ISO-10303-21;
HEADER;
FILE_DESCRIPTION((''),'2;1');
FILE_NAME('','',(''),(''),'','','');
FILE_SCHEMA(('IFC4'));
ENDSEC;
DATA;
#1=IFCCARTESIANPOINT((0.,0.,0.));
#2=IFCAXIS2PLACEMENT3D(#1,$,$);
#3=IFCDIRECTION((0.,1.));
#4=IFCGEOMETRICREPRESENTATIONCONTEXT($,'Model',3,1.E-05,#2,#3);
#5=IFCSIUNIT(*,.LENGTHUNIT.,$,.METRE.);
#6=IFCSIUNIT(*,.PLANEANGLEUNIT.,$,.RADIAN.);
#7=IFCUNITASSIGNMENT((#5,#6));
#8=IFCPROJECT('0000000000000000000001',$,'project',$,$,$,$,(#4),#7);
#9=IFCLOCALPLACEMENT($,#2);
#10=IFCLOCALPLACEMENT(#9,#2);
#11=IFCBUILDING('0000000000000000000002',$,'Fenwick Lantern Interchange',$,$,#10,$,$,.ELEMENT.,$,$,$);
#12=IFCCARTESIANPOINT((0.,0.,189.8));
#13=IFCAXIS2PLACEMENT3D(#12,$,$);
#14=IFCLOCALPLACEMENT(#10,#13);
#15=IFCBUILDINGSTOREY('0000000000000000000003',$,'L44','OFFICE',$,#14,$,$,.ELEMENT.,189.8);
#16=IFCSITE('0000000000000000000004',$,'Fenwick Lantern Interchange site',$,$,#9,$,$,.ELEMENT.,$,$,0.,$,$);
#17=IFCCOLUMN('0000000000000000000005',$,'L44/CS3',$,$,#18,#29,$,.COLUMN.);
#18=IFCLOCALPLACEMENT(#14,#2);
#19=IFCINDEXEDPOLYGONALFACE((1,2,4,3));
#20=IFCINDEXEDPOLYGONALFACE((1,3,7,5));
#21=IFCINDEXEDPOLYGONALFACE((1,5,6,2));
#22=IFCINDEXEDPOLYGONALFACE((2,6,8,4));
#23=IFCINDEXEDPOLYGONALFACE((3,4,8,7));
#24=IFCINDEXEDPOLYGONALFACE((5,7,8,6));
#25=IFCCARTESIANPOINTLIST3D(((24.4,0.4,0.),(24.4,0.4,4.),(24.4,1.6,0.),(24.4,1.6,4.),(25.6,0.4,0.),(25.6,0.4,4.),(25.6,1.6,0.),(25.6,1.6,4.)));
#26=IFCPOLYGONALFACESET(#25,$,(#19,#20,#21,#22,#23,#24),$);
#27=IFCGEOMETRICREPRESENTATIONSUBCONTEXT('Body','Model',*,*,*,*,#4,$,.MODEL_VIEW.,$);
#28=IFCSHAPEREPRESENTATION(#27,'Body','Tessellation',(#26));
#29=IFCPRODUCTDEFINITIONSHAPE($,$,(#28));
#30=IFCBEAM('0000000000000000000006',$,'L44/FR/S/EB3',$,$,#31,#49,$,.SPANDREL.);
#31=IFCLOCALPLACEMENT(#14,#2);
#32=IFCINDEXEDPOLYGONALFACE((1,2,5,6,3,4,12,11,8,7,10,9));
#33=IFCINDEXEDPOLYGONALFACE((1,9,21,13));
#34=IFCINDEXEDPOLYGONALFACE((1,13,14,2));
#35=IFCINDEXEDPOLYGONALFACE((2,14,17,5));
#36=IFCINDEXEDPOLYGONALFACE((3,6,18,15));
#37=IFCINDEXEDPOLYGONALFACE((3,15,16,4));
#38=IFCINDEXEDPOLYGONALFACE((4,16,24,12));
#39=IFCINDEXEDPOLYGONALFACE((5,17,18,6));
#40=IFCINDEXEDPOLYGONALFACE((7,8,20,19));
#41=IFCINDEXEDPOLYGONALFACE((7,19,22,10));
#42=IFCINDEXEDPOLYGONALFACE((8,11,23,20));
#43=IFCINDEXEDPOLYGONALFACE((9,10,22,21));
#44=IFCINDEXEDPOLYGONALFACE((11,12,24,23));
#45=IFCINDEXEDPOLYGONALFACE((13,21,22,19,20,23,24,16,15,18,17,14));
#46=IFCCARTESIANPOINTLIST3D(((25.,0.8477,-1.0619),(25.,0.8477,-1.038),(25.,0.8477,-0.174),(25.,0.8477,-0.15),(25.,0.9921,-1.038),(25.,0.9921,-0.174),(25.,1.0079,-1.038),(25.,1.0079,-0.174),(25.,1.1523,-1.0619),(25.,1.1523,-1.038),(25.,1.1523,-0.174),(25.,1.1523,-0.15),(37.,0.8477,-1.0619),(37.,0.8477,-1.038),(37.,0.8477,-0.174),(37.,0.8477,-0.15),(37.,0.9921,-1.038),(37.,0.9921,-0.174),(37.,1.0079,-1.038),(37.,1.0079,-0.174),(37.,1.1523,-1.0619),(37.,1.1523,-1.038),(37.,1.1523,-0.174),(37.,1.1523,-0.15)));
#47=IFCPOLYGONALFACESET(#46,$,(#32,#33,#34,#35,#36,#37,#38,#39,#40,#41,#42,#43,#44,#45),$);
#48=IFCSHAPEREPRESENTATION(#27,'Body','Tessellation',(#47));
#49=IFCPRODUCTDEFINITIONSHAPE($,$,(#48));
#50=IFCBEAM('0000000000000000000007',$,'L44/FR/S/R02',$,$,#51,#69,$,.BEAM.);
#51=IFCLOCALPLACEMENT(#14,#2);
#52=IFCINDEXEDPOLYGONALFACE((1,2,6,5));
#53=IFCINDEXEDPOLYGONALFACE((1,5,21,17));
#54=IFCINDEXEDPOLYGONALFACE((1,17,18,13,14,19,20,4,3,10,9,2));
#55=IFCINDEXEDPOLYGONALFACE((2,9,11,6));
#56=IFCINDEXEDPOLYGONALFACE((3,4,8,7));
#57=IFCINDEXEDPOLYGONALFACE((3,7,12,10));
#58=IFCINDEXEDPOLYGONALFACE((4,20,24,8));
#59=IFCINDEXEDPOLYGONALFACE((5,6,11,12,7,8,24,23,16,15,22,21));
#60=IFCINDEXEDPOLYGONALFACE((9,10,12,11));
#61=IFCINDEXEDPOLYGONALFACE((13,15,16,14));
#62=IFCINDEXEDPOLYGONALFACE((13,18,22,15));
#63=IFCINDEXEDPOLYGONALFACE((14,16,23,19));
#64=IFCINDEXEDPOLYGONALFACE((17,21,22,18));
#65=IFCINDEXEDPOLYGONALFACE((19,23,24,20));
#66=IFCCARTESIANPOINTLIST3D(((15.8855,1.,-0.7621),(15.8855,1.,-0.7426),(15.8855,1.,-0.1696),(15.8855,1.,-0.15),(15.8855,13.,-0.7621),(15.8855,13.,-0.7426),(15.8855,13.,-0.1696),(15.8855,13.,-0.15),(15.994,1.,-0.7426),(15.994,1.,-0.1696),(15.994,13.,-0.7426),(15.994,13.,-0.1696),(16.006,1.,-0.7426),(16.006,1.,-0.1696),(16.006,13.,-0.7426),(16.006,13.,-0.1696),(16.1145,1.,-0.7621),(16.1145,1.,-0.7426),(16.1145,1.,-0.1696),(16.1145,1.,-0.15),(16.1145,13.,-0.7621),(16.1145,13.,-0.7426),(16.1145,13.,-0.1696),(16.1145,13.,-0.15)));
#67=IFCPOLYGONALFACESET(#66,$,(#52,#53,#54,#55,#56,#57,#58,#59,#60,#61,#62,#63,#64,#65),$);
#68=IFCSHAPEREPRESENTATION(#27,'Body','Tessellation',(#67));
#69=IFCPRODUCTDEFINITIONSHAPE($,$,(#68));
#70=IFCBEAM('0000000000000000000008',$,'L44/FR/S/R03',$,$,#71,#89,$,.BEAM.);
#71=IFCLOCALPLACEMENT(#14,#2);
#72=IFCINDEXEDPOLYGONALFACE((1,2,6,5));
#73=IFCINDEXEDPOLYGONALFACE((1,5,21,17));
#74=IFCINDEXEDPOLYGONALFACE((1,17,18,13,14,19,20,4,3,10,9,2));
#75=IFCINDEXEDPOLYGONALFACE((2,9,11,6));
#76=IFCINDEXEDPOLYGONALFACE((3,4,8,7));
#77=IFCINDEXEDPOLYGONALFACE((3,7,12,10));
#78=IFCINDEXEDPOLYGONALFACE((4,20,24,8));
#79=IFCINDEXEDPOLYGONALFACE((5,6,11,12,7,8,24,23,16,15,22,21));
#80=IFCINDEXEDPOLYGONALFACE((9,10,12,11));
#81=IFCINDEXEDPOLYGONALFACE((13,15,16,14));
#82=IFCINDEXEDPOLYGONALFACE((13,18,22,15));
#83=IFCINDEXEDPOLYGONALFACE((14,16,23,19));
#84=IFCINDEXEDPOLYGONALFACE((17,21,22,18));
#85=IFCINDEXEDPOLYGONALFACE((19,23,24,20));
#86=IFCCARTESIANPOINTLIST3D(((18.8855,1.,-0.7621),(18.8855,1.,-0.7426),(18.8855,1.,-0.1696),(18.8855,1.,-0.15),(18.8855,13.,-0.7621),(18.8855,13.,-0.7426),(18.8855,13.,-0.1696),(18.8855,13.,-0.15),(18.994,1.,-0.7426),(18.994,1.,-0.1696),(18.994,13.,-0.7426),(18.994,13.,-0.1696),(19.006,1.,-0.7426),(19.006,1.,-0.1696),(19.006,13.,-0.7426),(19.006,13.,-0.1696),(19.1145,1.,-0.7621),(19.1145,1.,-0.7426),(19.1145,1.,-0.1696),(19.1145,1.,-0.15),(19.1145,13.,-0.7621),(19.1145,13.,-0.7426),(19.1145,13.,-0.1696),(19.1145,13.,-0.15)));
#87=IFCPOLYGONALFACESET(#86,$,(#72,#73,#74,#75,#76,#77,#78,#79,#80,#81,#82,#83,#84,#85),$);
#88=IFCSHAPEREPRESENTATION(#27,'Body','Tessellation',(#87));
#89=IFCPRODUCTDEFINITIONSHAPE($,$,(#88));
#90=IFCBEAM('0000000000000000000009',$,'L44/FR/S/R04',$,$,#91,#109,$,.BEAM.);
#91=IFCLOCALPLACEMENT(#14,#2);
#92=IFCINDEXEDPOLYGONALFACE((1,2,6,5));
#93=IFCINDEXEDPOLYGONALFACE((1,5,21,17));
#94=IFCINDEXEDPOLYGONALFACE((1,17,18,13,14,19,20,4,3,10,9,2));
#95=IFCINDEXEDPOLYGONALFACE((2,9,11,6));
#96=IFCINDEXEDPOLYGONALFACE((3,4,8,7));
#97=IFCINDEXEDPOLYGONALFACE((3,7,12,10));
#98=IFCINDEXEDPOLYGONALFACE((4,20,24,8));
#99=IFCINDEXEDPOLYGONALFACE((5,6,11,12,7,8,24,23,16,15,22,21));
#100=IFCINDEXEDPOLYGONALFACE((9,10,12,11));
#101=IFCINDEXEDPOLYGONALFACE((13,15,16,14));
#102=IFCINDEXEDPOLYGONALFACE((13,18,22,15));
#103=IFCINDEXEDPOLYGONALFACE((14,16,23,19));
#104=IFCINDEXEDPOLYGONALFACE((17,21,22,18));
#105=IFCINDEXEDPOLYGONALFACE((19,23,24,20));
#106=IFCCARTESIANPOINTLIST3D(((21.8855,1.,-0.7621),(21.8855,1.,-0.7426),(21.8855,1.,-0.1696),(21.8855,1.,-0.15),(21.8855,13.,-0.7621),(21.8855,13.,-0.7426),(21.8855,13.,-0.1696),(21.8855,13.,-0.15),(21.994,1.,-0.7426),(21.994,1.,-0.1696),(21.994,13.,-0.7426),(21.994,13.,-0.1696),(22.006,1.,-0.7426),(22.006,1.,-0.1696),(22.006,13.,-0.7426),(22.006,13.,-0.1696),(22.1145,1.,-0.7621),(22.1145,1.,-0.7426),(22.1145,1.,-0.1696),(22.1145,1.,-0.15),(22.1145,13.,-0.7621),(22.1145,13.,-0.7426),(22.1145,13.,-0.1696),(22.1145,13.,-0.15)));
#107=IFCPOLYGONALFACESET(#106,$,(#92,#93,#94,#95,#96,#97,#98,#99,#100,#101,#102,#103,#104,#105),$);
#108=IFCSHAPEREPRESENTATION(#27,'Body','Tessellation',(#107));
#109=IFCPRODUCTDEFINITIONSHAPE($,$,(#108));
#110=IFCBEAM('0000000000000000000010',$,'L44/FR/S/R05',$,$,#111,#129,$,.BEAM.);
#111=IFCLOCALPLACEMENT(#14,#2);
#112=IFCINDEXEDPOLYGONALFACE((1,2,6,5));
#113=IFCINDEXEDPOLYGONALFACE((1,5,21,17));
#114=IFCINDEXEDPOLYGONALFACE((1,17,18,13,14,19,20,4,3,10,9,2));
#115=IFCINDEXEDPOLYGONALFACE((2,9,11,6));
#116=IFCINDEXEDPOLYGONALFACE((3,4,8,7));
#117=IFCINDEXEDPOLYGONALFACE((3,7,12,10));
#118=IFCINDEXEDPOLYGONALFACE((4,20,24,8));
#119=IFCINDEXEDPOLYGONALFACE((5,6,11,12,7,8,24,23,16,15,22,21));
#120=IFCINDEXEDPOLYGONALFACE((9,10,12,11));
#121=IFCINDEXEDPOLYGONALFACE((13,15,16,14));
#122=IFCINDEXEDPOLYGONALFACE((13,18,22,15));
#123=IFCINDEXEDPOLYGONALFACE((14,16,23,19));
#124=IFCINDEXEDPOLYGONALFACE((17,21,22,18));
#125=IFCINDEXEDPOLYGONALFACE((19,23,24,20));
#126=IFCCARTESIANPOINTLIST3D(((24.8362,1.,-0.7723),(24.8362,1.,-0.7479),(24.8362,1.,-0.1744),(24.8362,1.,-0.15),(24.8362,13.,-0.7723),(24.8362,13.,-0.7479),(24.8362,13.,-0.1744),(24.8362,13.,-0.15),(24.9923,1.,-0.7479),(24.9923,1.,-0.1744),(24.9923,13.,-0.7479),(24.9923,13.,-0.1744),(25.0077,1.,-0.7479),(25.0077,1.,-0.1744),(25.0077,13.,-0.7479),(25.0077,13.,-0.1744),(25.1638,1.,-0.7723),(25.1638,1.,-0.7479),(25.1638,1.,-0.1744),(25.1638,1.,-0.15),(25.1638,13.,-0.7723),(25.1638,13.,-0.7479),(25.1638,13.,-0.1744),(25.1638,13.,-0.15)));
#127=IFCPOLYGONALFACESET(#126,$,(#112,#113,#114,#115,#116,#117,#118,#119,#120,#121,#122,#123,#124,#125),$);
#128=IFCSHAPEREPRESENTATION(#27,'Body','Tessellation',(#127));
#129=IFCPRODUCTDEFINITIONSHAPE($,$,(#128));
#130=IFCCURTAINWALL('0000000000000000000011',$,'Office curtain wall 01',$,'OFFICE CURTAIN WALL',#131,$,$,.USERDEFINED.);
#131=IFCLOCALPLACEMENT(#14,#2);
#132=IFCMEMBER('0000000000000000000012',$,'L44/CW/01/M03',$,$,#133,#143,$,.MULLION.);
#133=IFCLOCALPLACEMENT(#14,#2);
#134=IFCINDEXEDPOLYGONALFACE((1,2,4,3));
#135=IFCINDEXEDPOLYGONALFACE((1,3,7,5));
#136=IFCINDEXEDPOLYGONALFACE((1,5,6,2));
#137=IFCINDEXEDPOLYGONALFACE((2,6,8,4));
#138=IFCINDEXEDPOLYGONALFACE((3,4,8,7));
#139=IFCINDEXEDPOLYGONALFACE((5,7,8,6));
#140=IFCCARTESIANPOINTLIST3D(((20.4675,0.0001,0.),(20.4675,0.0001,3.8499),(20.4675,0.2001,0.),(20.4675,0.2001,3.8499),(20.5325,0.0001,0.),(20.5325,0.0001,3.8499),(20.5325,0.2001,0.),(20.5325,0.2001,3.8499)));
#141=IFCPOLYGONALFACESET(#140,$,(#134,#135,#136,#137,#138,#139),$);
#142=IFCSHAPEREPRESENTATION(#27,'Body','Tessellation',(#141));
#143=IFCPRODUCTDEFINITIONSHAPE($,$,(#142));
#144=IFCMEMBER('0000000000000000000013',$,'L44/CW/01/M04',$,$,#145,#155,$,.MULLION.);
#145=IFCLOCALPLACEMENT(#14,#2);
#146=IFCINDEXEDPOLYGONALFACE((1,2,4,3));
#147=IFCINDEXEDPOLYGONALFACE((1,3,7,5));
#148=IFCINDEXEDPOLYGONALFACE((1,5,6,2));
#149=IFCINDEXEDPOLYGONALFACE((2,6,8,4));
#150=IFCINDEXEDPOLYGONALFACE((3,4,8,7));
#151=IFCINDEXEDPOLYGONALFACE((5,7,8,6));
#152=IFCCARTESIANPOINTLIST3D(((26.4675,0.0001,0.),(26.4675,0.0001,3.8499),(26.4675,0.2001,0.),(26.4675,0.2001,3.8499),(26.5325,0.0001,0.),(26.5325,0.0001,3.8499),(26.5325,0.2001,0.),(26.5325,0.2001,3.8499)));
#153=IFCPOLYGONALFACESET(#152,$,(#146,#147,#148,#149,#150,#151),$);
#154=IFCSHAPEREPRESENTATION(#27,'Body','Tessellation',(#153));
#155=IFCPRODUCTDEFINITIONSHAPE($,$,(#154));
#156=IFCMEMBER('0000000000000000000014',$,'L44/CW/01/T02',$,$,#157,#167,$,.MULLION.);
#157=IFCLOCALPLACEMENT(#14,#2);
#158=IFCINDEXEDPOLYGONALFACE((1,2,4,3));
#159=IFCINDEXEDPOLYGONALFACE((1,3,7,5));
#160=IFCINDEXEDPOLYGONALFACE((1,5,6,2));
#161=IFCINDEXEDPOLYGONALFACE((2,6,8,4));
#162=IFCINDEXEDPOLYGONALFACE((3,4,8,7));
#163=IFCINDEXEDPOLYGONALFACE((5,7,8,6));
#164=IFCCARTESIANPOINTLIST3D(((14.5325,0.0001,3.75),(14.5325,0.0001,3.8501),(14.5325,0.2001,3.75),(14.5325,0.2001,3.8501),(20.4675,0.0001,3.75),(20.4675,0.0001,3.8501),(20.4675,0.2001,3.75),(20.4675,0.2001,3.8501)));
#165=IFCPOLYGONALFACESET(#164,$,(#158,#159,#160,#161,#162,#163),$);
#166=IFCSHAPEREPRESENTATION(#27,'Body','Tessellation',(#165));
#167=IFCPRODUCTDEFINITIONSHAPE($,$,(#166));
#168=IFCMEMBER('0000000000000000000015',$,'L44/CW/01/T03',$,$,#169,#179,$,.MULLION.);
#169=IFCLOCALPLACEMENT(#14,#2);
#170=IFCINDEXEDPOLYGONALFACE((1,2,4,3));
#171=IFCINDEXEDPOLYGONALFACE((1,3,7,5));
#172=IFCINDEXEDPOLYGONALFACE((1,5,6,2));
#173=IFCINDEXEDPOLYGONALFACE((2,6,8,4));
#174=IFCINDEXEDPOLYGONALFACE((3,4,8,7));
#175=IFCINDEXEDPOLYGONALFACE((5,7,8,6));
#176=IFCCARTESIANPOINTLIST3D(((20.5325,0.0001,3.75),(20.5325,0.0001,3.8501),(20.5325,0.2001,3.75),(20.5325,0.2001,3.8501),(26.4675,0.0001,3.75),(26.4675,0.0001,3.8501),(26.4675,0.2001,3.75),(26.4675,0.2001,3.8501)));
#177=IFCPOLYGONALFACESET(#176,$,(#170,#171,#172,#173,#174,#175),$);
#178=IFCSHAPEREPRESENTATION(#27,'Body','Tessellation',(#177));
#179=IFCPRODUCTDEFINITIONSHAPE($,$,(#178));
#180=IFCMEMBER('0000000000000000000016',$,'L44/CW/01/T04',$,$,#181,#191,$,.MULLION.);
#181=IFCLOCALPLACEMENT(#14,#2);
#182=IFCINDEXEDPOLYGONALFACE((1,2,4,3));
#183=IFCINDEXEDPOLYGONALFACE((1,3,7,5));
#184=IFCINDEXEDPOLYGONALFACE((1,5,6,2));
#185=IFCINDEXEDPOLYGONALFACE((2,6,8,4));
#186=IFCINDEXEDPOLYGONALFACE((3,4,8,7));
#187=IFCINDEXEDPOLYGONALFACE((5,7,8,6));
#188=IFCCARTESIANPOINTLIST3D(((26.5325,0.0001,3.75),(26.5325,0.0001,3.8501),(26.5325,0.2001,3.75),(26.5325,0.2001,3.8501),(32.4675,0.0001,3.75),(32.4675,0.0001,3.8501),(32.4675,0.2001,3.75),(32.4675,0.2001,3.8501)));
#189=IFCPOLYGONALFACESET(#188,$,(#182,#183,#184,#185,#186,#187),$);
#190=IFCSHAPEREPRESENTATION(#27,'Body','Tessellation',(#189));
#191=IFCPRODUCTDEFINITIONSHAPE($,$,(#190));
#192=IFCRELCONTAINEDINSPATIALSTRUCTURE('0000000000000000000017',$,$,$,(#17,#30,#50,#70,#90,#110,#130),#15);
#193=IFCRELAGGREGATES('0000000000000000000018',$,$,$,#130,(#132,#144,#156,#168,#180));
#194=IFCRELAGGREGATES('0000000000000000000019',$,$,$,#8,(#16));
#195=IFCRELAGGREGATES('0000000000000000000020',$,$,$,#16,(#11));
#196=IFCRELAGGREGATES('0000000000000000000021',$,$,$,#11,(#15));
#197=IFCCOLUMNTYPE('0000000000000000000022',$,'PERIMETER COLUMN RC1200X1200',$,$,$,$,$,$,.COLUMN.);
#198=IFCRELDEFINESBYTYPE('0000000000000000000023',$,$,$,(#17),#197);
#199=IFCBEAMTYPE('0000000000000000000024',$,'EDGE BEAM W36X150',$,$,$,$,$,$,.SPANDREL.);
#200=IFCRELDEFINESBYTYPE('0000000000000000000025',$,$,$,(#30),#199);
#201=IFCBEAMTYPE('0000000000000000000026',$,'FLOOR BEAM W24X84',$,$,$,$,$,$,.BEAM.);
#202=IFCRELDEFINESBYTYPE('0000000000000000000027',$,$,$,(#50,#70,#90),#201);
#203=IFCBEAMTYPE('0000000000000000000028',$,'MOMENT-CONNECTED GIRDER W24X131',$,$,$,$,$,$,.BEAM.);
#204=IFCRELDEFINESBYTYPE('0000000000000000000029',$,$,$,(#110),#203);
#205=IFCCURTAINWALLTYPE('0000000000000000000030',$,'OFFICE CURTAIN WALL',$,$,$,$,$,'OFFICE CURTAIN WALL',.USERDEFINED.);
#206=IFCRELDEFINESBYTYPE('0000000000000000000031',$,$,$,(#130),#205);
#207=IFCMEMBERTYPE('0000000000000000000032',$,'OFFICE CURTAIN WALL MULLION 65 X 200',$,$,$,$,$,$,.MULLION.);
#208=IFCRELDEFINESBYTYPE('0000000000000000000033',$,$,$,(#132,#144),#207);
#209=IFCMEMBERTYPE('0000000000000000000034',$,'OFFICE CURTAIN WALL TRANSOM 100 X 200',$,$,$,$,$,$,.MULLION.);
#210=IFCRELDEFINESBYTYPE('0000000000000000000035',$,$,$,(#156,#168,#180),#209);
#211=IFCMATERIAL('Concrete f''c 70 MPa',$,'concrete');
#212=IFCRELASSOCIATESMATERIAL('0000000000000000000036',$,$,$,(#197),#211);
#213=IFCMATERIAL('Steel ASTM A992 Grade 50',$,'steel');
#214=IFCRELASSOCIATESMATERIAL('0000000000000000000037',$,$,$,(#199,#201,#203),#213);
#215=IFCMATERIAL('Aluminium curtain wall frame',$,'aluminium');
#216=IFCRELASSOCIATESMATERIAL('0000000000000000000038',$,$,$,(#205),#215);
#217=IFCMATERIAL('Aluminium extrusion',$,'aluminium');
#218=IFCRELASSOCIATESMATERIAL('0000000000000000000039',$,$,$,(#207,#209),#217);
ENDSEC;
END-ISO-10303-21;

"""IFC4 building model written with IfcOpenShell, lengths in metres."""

from ifc_helpers import new_model, si_unit, direction, frame, origin, origin_2d, place, context, subcontext, project, spatial, rectangle, i_section, extrude, material, material_profile, profile_set, type_object, element, aggregate, save


model = new_model("IFC4")

# Units and contexts
model_context = context("Model", 3, precision=1e-05, world=origin(), true_north=direction((0.0, 1.0)))
body_context = subcontext(model_context, "Body", "Model", "MODEL_VIEW")
ifc_project = project(units=[si_unit("LENGTHUNIT", "METRE"), si_unit("PLANEANGLEUNIT", "RADIAN")], contexts=[model_context])

# Site, building, storey
site_placement = place(None, origin())
site = spatial("IfcSite", under=ifc_project, at=site_placement, Name="Fenwick Lantern Interchange site", CompositionType="ELEMENT", RefElevation=0.0)
building_placement = place(site_placement, origin())
building = spatial("IfcBuilding", under=site, at=building_placement, Name="Fenwick Lantern Interchange", CompositionType="ELEMENT")
storey_placement = place(building_placement, frame((0.0, 0.0, 189.8)))
storey = spatial("IfcBuildingStorey", under=building, at=storey_placement, Name="L44", Description="OFFICE", CompositionType="ELEMENT", Elevation=189.8)

# Column
ifc_material_1 = material(Name="Concrete f'c 70 MPa", Category="concrete")
ifc_material_profile_1 = material_profile(ifc_material_1, rectangle(XDim=1.2, YDim=1.2, at=origin_2d()), Name="RC1200X1200")
ifc_profile_set_1 = profile_set([ifc_material_profile_1], Name="Concrete f'c 70 MPa")
column_type = type_object("IfcColumnType", Name="PERIMETER COLUMN RC1200X1200", PredefinedType="COLUMN", material=ifc_profile_set_1)
column_placement = place(storey_placement, frame((25.0, 1.0, 0.0), z_axis=(0.0, 0.0, 1.0), x_axis=(1.0, 0.0, 0.0)))
element("IfcColumn", 1, at=column_placement, inside=storey, type_object=column_type, Name="L44/CS3", PredefinedType="COLUMN", context=body_context, shape_type="SweptSolid", body=[
    extrude(rectangle(XDim=1.2, YDim=1.2, at=origin_2d()), origin(), (0.0, 0.0, 1.0), 4.0),
])

# Beams
ifc_material_2 = material(Name="Steel ASTM A992 Grade 50", Category="steel")
ifc_material_profile_2 = material_profile(ifc_material_2, i_section(OverallWidth=0.3047, OverallDepth=0.9119, WebThickness=0.0159, FlangeThickness=0.0239, at=origin_2d()), Name="W36X150")
ifc_profile_set_2 = profile_set([ifc_material_profile_2], Name="Steel ASTM A992 Grade 50")
beam_type_1 = type_object("IfcBeamType", Name="EDGE BEAM W36X150", PredefinedType="SPANDREL", material=ifc_profile_set_2)
beam_1_placement = place(storey_placement, frame((25.0, 1.0, -0.606), z_axis=(1.0, 0.0, 0.0), x_axis=(0.0, 1.0, 0.0)))
element("IfcBeam", 2, at=beam_1_placement, inside=storey, type_object=beam_type_1, Name="L44/FR/S/EB3", PredefinedType="SPANDREL", context=body_context, shape_type="SweptSolid", body=[
    extrude(i_section(OverallWidth=0.3047, OverallDepth=0.9119, WebThickness=0.0159, FlangeThickness=0.0239, at=origin_2d()), origin(), (0.0, 0.0, 1.0), 12.0),
])
ifc_material_profile_3 = material_profile(ifc_material_2, i_section(OverallWidth=0.229, OverallDepth=0.6121, WebThickness=0.012, FlangeThickness=0.0195, at=origin_2d()), Name="W24X84")
ifc_profile_set_3 = profile_set([ifc_material_profile_3], Name="Steel ASTM A992 Grade 50")
beam_type_2 = type_object("IfcBeamType", Name="FLOOR BEAM W24X84", PredefinedType="BEAM", material=ifc_profile_set_3)
for number, where, z_axis, x_axis, name in (
    (3, (16.0, 1.0, -0.4561), (0.0, 1.0, 0.0), (-1.0, 0.0, 0.0), "L44/FR/S/R02"),
    (4, (19.0, 1.0, -0.4561), (0.0, 1.0, 0.0), (-1.0, 0.0, 0.0), "L44/FR/S/R03"),
    (5, (22.0, 1.0, -0.4561), (0.0, 1.0, 0.0), (-1.0, 0.0, 0.0), "L44/FR/S/R04"),
):
    element("IfcBeam", number, at=place(storey_placement, frame(where, z_axis=z_axis, x_axis=x_axis)), inside=storey, type_object=beam_type_2, Name=name, PredefinedType="BEAM", context=body_context, shape_type="SweptSolid", body=[
        extrude(i_section(OverallWidth=0.229, OverallDepth=0.6121, WebThickness=0.012, FlangeThickness=0.0195, at=origin_2d()), origin(), (0.0, 0.0, 1.0), 12.0),
    ])
ifc_material_profile_4 = material_profile(ifc_material_2, i_section(OverallWidth=0.3276, OverallDepth=0.6223, WebThickness=0.0154, FlangeThickness=0.0244, at=origin_2d()), Name="W24X131")
ifc_profile_set_4 = profile_set([ifc_material_profile_4], Name="Steel ASTM A992 Grade 50")
beam_type_3 = type_object("IfcBeamType", Name="MOMENT-CONNECTED GIRDER W24X131", PredefinedType="BEAM", material=ifc_profile_set_4)
beam_2_placement = place(storey_placement, frame((25.0, 1.0, -0.4612), z_axis=(0.0, 1.0, 0.0), x_axis=(-1.0, 0.0, 0.0)))
element("IfcBeam", 6, at=beam_2_placement, inside=storey, type_object=beam_type_3, Name="L44/FR/S/R05", PredefinedType="BEAM", context=body_context, shape_type="SweptSolid", body=[
    extrude(i_section(OverallWidth=0.3276, OverallDepth=0.6223, WebThickness=0.0154, FlangeThickness=0.0244, at=origin_2d()), origin(), (0.0, 0.0, 1.0), 12.0),
])

# Curtain wall, members
ifc_material_3 = material(Name="Aluminium curtain wall frame", Category="aluminium")
curtain_wall_type = type_object("IfcCurtainWallType", Name="OFFICE CURTAIN WALL", ElementType="OFFICE CURTAIN WALL", PredefinedType="USERDEFINED", material=ifc_material_3)
curtain_wall_placement = place(storey_placement, origin())
curtain_wall = element("IfcCurtainWall", 7, at=curtain_wall_placement, inside=storey, type_object=curtain_wall_type, Name="Office curtain wall 01", ObjectType="OFFICE CURTAIN WALL", PredefinedType="USERDEFINED")
ifc_material_4 = material(Name="Aluminium extrusion", Category="aluminium")
ifc_material_profile_5 = material_profile(ifc_material_4, rectangle(XDim=0.2, YDim=0.0649, at=origin_2d()), Name="OFFICE CURTAIN WALL MULLION 65 X 200")
ifc_profile_set_5 = profile_set([ifc_material_profile_5], Name="Aluminium extrusion")
member_type_1 = type_object("IfcMemberType", Name="OFFICE CURTAIN WALL MULLION 65 X 200", PredefinedType="MULLION", material=ifc_profile_set_5)
member_1_placement = place(storey_placement, frame((20.5, 0.1001, 0.0), z_axis=(0.0, 0.0, 1.0), x_axis=(0.0, 1.0, 0.0)))
member_1 = element("IfcMember", 8, at=member_1_placement, type_object=member_type_1, Name="L44/CW/01/M03", PredefinedType="MULLION", context=body_context, shape_type="SweptSolid", body=[
    extrude(rectangle(XDim=0.2, YDim=0.0649, at=origin_2d()), origin(), (0.0, 0.0, 1.0), 3.8499),
])
member_2_placement = place(storey_placement, frame((26.5, 0.1001, 0.0), z_axis=(0.0, 0.0, 1.0), x_axis=(0.0, 1.0, 0.0)))
member_2 = element("IfcMember", 9, at=member_2_placement, type_object=member_type_1, Name="L44/CW/01/M04", PredefinedType="MULLION", context=body_context, shape_type="SweptSolid", body=[
    extrude(rectangle(XDim=0.2, YDim=0.0649, at=origin_2d()), origin(), (0.0, 0.0, 1.0), 3.8499),
])
ifc_material_profile_6 = material_profile(ifc_material_4, rectangle(XDim=0.2, YDim=0.1001, at=origin_2d()), Name="OFFICE CURTAIN WALL TRANSOM 100 X 200")
ifc_profile_set_6 = profile_set([ifc_material_profile_6], Name="Aluminium extrusion")
member_type_2 = type_object("IfcMemberType", Name="OFFICE CURTAIN WALL TRANSOM 100 X 200", PredefinedType="MULLION", material=ifc_profile_set_6)
member_3_placement = place(storey_placement, frame((14.5325, 0.1001, 3.8), z_axis=(1.0, 0.0, 0.0), x_axis=(0.0, 1.0, 0.0)))
member_3 = element("IfcMember", 10, at=member_3_placement, type_object=member_type_2, Name="L44/CW/01/T02", PredefinedType="MULLION", context=body_context, shape_type="SweptSolid", body=[
    extrude(rectangle(XDim=0.2, YDim=0.1001, at=origin_2d()), origin(), (0.0, 0.0, 1.0), 5.9351),
])
member_4_placement = place(storey_placement, frame((20.5325, 0.1001, 3.8), z_axis=(1.0, 0.0, 0.0), x_axis=(0.0, 1.0, 0.0)))
member_4 = element("IfcMember", 11, at=member_4_placement, type_object=member_type_2, Name="L44/CW/01/T03", PredefinedType="MULLION", context=body_context, shape_type="SweptSolid", body=[
    extrude(rectangle(XDim=0.2, YDim=0.1001, at=origin_2d()), origin(), (0.0, 0.0, 1.0), 5.9351),
])
member_5_placement = place(storey_placement, frame((26.5325, 0.1001, 3.8), z_axis=(1.0, 0.0, 0.0), x_axis=(0.0, 1.0, 0.0)))
member_5 = element("IfcMember", 12, at=member_5_placement, type_object=member_type_2, Name="L44/CW/01/T04", PredefinedType="MULLION", context=body_context, shape_type="SweptSolid", body=[
    extrude(rectangle(XDim=0.2, YDim=0.1001, at=origin_2d()), origin(), (0.0, 0.0, 1.0), 5.9351),
])
aggregate(curtain_wall, [member_1, member_2, member_3, member_4, member_5])

save(model, "model.ifc")
